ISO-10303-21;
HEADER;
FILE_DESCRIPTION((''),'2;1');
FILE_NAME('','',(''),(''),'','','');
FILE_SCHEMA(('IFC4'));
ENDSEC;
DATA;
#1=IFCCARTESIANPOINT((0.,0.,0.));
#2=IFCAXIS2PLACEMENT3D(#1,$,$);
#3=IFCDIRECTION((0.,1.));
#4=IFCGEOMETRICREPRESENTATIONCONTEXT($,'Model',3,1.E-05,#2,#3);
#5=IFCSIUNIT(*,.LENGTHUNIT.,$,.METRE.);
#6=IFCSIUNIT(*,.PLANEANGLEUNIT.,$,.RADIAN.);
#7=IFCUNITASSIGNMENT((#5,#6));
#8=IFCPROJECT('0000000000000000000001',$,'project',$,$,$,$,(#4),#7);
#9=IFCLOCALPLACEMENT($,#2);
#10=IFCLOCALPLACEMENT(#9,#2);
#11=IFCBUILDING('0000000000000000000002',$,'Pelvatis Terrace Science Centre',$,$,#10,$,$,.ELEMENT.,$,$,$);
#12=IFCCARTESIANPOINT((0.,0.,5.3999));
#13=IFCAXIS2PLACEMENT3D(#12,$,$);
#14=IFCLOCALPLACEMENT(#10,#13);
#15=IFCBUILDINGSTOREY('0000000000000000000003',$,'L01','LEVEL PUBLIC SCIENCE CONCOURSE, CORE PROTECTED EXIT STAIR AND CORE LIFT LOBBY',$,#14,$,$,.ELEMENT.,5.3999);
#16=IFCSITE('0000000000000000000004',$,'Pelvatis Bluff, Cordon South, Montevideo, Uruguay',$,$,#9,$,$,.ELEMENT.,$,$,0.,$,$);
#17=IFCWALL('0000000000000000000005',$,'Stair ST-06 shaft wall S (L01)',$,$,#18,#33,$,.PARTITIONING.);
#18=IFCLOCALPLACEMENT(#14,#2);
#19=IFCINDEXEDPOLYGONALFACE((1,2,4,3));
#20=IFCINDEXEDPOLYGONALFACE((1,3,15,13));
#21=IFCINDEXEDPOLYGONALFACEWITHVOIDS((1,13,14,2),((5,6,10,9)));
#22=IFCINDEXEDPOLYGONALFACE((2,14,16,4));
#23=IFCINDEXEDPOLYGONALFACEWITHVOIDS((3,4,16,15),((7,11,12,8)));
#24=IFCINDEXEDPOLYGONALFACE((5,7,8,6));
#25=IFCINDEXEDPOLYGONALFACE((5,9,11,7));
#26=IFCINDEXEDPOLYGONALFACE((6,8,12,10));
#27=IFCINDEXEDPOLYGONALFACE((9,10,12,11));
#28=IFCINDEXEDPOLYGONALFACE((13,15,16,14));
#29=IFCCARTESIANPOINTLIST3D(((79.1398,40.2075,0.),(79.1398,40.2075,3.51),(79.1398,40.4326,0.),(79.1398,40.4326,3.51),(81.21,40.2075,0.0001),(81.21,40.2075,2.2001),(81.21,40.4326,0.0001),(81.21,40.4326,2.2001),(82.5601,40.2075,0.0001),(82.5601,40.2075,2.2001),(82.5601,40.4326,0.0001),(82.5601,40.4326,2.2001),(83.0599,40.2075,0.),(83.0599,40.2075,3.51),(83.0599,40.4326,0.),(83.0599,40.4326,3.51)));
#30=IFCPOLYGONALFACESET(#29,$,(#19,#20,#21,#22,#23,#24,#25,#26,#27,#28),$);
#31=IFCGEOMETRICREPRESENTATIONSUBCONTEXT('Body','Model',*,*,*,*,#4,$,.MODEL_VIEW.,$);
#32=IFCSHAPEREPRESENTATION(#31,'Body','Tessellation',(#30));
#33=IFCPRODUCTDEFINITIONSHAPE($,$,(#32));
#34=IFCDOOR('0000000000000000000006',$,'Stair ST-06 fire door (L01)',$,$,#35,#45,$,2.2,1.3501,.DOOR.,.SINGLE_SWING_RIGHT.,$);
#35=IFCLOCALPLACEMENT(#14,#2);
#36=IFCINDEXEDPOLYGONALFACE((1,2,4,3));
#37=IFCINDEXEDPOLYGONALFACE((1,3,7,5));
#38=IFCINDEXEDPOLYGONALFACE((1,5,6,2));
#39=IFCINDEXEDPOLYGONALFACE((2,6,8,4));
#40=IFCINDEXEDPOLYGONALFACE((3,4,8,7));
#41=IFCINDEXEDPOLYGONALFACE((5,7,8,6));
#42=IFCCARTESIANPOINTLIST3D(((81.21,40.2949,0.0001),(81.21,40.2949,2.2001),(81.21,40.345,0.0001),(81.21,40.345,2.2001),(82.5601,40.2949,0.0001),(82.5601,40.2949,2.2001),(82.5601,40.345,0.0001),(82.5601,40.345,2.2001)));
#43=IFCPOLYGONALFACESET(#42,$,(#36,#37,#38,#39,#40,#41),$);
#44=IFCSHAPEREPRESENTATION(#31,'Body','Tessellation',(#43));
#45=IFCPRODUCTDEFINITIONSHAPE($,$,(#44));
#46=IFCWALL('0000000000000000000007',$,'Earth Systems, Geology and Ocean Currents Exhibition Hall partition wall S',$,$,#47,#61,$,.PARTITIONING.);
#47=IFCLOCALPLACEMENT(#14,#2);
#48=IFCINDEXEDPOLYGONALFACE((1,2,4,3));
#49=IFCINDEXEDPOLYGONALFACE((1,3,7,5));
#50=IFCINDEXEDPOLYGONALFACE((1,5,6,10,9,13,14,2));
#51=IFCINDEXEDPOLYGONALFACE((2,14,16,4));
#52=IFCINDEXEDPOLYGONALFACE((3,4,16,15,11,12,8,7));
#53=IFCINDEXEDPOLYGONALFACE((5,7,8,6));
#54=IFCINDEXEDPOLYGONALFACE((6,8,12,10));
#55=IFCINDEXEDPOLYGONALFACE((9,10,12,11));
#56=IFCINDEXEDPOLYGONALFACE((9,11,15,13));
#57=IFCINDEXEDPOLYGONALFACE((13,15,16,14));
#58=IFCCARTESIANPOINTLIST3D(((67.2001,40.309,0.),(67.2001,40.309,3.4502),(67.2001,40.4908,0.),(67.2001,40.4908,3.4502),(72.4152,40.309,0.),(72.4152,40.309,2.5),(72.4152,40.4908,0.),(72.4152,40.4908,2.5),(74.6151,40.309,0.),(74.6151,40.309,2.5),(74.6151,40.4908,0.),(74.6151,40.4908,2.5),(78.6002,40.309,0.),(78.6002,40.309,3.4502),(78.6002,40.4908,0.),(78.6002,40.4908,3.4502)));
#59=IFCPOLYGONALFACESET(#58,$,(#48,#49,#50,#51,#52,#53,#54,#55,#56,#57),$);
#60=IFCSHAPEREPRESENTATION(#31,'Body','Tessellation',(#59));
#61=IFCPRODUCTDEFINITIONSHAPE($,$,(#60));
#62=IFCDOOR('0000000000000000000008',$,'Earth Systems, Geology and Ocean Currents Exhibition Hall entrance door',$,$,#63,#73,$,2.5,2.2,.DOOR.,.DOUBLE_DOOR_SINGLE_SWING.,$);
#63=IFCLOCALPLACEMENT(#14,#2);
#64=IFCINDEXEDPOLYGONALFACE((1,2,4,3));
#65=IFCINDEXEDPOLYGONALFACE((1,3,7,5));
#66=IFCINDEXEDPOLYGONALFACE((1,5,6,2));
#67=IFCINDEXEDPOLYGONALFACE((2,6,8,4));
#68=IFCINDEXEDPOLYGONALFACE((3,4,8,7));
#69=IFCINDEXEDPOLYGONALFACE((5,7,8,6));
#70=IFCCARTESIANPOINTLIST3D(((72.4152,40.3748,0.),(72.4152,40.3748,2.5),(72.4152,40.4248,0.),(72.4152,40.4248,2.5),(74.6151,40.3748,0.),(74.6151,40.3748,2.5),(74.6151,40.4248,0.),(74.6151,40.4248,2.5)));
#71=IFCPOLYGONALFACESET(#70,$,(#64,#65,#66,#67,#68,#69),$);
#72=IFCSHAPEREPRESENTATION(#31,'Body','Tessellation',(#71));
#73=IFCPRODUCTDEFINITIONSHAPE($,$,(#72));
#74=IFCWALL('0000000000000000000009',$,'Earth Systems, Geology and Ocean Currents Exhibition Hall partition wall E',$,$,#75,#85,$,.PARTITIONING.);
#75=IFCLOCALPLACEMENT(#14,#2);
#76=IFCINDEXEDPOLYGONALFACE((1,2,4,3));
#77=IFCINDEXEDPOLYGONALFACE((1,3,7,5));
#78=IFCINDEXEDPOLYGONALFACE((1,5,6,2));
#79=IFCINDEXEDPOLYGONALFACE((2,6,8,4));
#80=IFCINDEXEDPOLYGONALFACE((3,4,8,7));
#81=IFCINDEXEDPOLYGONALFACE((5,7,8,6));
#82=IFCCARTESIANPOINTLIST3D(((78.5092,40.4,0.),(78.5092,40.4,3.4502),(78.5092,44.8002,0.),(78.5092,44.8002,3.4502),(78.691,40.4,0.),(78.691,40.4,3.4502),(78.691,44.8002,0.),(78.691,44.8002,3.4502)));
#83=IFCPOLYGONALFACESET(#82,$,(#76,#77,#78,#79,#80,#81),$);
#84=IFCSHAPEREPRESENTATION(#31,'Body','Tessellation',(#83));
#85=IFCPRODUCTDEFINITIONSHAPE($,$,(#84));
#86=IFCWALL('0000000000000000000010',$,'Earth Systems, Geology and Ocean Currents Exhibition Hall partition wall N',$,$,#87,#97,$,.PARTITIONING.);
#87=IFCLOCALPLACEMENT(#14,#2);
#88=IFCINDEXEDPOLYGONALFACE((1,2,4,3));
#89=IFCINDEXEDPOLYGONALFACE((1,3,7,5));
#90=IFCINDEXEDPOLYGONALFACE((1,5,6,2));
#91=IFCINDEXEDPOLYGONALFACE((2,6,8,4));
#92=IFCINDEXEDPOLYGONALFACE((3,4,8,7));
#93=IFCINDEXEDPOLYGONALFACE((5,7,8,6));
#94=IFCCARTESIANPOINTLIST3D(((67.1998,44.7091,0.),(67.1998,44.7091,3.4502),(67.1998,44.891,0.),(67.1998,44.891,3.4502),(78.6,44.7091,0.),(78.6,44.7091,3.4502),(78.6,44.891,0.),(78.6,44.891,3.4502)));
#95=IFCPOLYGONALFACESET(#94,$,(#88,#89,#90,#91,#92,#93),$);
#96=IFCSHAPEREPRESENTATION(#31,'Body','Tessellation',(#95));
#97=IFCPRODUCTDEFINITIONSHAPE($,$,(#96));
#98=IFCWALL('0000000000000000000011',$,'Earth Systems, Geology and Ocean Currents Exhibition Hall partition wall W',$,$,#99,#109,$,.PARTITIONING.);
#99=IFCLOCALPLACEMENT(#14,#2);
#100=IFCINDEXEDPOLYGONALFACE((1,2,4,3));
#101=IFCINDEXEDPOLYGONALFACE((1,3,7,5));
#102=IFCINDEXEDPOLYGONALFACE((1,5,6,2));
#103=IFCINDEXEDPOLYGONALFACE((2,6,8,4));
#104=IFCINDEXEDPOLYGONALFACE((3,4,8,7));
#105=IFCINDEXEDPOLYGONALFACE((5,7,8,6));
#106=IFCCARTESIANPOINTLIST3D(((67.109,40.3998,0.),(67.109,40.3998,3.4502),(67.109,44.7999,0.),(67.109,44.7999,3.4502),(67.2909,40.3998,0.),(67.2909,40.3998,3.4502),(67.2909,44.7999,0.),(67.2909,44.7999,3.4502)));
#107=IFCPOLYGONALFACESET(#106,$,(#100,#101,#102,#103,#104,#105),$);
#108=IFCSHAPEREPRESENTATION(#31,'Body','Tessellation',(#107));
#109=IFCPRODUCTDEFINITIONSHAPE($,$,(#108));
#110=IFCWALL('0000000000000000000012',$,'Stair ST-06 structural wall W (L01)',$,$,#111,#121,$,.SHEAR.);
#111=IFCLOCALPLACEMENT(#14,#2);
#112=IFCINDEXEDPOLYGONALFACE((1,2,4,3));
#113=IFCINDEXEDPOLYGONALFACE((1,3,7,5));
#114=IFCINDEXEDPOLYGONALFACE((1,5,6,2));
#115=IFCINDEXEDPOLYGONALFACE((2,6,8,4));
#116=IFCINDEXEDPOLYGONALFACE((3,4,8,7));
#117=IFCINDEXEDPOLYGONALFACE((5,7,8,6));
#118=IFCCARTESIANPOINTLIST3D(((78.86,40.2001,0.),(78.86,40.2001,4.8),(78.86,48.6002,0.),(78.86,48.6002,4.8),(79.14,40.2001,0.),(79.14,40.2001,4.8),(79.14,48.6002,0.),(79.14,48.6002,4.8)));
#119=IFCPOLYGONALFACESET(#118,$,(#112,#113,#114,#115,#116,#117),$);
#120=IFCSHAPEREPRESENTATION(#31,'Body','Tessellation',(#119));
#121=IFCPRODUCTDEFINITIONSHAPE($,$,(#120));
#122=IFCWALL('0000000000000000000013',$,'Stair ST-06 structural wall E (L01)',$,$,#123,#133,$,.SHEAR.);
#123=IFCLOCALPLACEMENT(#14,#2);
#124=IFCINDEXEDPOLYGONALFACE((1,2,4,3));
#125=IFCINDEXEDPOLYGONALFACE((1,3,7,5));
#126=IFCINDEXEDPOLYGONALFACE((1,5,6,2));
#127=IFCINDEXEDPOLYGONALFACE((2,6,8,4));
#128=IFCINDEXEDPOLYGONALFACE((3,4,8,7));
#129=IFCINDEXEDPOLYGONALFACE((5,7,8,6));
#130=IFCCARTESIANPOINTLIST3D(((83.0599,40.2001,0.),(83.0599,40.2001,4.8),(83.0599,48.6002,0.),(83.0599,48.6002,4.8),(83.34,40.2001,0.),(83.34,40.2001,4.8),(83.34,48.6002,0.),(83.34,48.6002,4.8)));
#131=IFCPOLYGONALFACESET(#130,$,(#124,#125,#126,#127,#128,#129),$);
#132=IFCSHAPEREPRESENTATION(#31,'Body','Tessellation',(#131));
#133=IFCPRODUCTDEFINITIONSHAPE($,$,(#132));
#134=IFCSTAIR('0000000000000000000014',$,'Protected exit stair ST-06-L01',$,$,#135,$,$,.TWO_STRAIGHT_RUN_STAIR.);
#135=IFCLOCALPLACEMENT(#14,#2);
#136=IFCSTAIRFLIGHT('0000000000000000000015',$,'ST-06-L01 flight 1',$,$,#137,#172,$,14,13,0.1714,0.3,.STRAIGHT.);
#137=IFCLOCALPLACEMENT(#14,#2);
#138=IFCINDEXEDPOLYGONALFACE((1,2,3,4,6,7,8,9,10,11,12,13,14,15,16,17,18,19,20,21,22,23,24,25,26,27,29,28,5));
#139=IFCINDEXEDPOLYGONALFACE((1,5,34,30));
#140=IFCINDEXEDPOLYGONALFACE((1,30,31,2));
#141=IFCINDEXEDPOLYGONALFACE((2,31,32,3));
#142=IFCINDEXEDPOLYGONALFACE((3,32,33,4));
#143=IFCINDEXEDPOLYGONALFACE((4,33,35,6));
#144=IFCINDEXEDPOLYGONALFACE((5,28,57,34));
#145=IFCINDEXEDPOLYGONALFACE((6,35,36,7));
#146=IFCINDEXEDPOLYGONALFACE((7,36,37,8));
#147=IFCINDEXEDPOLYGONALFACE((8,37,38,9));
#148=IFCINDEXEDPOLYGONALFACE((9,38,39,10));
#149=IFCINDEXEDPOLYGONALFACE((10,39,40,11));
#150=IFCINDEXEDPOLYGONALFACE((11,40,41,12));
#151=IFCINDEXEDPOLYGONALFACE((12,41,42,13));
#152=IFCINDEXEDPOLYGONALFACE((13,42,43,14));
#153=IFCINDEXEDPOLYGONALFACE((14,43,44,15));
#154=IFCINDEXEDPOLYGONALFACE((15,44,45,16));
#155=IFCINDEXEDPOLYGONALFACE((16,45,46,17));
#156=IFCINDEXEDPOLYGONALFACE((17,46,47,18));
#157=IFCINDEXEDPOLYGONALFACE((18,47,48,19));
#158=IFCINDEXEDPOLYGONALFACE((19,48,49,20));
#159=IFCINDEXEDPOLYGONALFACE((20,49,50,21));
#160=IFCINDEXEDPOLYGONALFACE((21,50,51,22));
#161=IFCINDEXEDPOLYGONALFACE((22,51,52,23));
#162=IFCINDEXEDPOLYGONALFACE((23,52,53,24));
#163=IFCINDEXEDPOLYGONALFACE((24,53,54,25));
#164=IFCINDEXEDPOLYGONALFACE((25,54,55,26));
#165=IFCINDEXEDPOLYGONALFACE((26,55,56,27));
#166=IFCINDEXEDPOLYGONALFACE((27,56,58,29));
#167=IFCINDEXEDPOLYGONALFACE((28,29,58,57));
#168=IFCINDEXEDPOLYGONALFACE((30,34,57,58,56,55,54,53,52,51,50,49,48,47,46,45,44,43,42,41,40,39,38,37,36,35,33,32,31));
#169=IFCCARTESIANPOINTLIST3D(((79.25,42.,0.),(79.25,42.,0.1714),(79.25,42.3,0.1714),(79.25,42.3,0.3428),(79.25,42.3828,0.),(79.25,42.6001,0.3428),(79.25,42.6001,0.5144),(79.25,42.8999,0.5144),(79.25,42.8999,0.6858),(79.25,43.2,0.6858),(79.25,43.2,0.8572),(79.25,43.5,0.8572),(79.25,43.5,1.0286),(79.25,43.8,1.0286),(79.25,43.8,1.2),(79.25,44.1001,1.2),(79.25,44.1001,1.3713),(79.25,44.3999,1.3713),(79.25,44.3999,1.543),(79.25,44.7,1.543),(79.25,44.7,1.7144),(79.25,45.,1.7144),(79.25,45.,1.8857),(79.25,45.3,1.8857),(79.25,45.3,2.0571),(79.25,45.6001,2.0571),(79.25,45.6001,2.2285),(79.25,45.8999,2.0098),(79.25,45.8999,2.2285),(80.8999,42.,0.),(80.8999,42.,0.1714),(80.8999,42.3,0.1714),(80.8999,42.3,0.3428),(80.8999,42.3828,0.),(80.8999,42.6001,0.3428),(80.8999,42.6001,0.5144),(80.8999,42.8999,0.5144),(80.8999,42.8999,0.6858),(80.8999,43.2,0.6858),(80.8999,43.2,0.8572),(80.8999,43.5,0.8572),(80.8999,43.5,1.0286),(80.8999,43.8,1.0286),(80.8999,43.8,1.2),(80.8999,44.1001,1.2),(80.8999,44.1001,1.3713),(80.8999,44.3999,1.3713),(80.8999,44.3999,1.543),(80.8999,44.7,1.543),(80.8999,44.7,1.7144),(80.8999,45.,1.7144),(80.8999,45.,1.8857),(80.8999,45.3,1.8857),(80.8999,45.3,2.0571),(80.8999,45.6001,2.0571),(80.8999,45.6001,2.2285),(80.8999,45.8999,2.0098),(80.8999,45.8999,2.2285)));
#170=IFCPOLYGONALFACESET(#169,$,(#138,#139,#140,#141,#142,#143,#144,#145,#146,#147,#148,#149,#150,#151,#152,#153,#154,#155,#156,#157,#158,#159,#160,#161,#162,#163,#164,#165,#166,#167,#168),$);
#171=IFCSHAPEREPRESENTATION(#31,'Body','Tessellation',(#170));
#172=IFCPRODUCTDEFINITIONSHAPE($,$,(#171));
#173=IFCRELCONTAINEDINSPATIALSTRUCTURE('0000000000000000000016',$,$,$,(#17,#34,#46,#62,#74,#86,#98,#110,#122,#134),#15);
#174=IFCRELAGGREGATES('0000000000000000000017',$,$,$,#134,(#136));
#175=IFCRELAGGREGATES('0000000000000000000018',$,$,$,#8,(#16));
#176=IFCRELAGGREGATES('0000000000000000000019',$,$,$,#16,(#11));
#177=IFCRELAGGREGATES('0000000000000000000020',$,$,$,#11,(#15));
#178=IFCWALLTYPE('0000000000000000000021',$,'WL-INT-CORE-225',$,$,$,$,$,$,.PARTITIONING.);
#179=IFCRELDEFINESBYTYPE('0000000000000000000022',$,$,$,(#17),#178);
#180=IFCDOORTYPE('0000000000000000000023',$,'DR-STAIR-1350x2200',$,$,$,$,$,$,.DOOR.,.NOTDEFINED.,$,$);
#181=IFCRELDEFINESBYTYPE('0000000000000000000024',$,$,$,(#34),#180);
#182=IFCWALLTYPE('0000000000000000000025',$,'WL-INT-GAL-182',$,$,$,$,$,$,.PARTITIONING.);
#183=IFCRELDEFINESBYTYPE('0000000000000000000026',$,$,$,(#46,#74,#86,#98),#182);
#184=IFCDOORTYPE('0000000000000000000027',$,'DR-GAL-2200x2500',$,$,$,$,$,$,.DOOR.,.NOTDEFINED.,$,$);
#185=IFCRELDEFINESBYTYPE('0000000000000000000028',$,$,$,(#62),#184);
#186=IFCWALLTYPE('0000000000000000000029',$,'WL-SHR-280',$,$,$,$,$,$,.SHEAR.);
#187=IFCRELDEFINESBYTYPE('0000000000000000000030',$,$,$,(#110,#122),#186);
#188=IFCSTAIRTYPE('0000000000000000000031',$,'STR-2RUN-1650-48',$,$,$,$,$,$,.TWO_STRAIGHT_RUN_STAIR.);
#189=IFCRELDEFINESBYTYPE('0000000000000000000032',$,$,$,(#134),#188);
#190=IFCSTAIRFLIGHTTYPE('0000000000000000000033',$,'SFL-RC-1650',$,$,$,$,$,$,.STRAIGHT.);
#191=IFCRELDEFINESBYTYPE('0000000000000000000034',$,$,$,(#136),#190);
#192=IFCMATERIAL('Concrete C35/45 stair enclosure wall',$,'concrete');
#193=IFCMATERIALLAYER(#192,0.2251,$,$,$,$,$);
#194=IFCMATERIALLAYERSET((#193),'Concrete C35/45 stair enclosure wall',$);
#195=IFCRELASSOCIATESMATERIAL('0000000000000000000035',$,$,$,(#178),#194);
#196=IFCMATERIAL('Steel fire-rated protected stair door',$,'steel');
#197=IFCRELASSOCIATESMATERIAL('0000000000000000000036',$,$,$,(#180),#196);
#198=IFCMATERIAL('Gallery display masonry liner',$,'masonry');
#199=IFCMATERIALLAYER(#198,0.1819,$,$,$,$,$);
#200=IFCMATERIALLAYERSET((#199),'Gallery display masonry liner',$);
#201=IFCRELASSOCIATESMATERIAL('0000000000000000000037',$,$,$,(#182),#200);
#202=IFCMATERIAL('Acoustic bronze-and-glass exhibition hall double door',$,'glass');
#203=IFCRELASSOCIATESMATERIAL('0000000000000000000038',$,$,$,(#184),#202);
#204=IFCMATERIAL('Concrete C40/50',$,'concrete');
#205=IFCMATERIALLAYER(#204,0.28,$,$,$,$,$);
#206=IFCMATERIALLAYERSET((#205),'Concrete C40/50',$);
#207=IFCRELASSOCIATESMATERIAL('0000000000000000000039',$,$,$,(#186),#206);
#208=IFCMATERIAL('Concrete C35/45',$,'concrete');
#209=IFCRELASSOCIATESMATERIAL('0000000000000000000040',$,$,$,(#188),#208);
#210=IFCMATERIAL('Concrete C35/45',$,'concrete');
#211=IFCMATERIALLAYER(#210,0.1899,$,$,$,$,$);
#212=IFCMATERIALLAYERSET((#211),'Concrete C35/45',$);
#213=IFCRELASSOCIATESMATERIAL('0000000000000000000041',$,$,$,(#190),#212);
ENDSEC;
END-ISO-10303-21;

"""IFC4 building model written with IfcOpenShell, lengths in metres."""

from ifc_helpers import new_model, si_unit, direction, frame, frame_2d, origin, place, context, subcontext, project, spatial, polyline, rectangle, outline, extrude, material, layer, layer_set, type_object, element, fill, aggregate, save


model = new_model("IFC4")

# Units and contexts
model_context = context("Model", 3, precision=1e-05, world=origin(), true_north=direction((0.0, 1.0)))
body_context = subcontext(model_context, "Body", "Model", "MODEL_VIEW")
ifc_project = project(units=[si_unit("LENGTHUNIT", "METRE"), si_unit("PLANEANGLEUNIT", "RADIAN")], contexts=[model_context])

# Site, building, storey
site_placement = place(None, origin())
site = spatial("IfcSite", under=ifc_project, at=site_placement, Name="Pelvatis Bluff, Cordon South, Montevideo, Uruguay", CompositionType="ELEMENT", RefElevation=0.0)
building_placement = place(site_placement, origin())
building = spatial("IfcBuilding", under=site, at=building_placement, Name="Pelvatis Terrace Science Centre", CompositionType="ELEMENT")
storey_placement = place(building_placement, frame((0.0, 0.0, 5.3999)))
storey = spatial("IfcBuildingStorey", under=building, at=storey_placement, Name="L01", Description="LEVEL PUBLIC SCIENCE CONCOURSE, CORE PROTECTED EXIT STAIR AND CORE LIFT LOBBY", CompositionType="ELEMENT", Elevation=5.3999)

# Walls, openings, doors
ifc_material_1 = material(Name="Concrete C35/45 stair enclosure wall", Category="concrete")
ifc_layer_1 = layer(ifc_material_1, 0.2251)
ifc_layer_set_1 = layer_set([ifc_layer_1], Name="Concrete C35/45 stair enclosure wall")
wall_type_1 = type_object("IfcWallType", Name="WL-INT-CORE-225", PredefinedType="PARTITIONING", material=ifc_layer_set_1)
wall_1_placement = place(storey_placement, frame((79.1399, 40.3201, 0.0), z_axis=(0.0, 0.0, 1.0), x_axis=(1.0, 0.0, 0.0)))
wall_1 = element("IfcWall", 1, at=wall_1_placement, inside=storey, type_object=wall_type_1, Name="Stair ST-06 shaft wall S (L01)", PredefinedType="PARTITIONING", context=body_context, shape_type="SweptSolid", body=[
    extrude(rectangle(XDim=3.9202, YDim=0.2251, at=frame_2d((1.96, 0.0))), origin(), (0.0, 0.0, 1.0), 3.51),
])
opening_1_placement = place(wall_1_placement, frame((2.0701, 0.0, 0.0)))
opening_1 = element("IfcOpeningElement", 2, at=opening_1_placement, cuts=wall_1, PredefinedType="OPENING", context=body_context, shape_type="SweptSolid", body=[
    extrude(rectangle(XDim=1.3501, YDim=2.2, at=frame_2d((0.675, 1.1001))), frame((0.0, 0.1226, 0.0), z_axis=(0.0, -1.0, 0.0), x_axis=(1.0, 0.0, 0.0)), (0.0, 0.0, 1.0), 0.2451),
])
ifc_material_2 = material(Name="Steel fire-rated protected stair door", Category="steel")
door_type_1 = type_object("IfcDoorType", Name="DR-STAIR-1350x2200", OperationType="NOTDEFINED", PredefinedType="DOOR", material=ifc_material_2)
door_1_placement = place(opening_1_placement, origin())
door_1 = element("IfcDoor", 3, at=door_1_placement, inside=storey, type_object=door_type_1, Name="Stair ST-06 fire door (L01)", OperationType="SINGLE_SWING_RIGHT", OverallHeight=2.2, OverallWidth=1.3501, PredefinedType="DOOR", context=body_context, shape_type="SweptSolid", body=[
    extrude(rectangle(XDim=1.3501, YDim=2.2, at=frame_2d((0.675, 1.1001))), frame((0.0, 0.0249, 0.0), z_axis=(0.0, -1.0, 0.0), x_axis=(1.0, 0.0, 0.0)), (0.0, 0.0, 1.0), 0.05),
])
fill(opening_1, door_1)
ifc_material_3 = material(Name="Gallery display masonry liner", Category="masonry")
ifc_layer_2 = layer(ifc_material_3, 0.1819)
ifc_layer_set_2 = layer_set([ifc_layer_2], Name="Gallery display masonry liner")
wall_type_2 = type_object("IfcWallType", Name="WL-INT-GAL-182", PredefinedType="PARTITIONING", material=ifc_layer_set_2)
wall_2_placement = place(storey_placement, frame((67.2, 40.3999, 0.0), z_axis=(0.0, 0.0, 1.0), x_axis=(1.0, 0.0, 0.0)))
wall_2 = element("IfcWall", 4, at=wall_2_placement, inside=storey, type_object=wall_type_2, Name="Earth Systems, Geology and Ocean Currents Exhibition Hall partition wall S", PredefinedType="PARTITIONING", context=body_context, shape_type="SweptSolid", body=[
    extrude(rectangle(XDim=11.4001, YDim=0.1819, at=frame_2d((5.7002, 0.0))), origin(), (0.0, 0.0, 1.0), 3.4502),
])
opening_2_placement = place(wall_2_placement, frame((5.2151, 0.0, 0.0)))
opening_2 = element("IfcOpeningElement", 5, at=opening_2_placement, cuts=wall_2, PredefinedType="OPENING", context=body_context, shape_type="SweptSolid", body=[
    extrude(rectangle(XDim=2.2, YDim=2.5, at=frame_2d((1.1001, 1.25))), frame((0.0, 0.1008, 0.0), z_axis=(0.0, -1.0, 0.0), x_axis=(1.0, 0.0, 0.0)), (0.0, 0.0, 1.0), 0.2019),
])
ifc_material_4 = material(Name="Acoustic bronze-and-glass exhibition hall double door", Category="glass")
door_type_2 = type_object("IfcDoorType", Name="DR-GAL-2200x2500", OperationType="NOTDEFINED", PredefinedType="DOOR", material=ifc_material_4)
door_2_placement = place(opening_2_placement, origin())
door_2 = element("IfcDoor", 6, at=door_2_placement, inside=storey, type_object=door_type_2, Name="Earth Systems, Geology and Ocean Currents Exhibition Hall entrance door", OperationType="DOUBLE_DOOR_SINGLE_SWING", OverallHeight=2.5, OverallWidth=2.2, PredefinedType="DOOR", context=body_context, shape_type="SweptSolid", body=[
    extrude(rectangle(XDim=2.2, YDim=2.5, at=frame_2d((1.1001, 1.25))), frame((0.0, 0.0249, 0.0), z_axis=(0.0, -1.0, 0.0), x_axis=(1.0, 0.0, 0.0)), (0.0, 0.0, 1.0), 0.05),
])
fill(opening_2, door_2)

# Walls
wall_3_placement = place(storey_placement, frame((78.6001, 40.3999, 0.0), z_axis=(0.0, 0.0, 1.0), x_axis=(0.0, 1.0, 0.0)))
element("IfcWall", 7, at=wall_3_placement, inside=storey, type_object=wall_type_2, Name="Earth Systems, Geology and Ocean Currents Exhibition Hall partition wall E", PredefinedType="PARTITIONING", context=body_context, shape_type="SweptSolid", body=[
    extrude(rectangle(XDim=4.4001, YDim=0.1819, at=frame_2d((2.2002, 0.0))), origin(), (0.0, 0.0, 1.0), 3.4502),
])
wall_4_placement = place(storey_placement, frame((78.6001, 44.8, 0.0), z_axis=(0.0, 0.0, 1.0), x_axis=(-1.0, 0.0, 0.0)))
element("IfcWall", 8, at=wall_4_placement, inside=storey, type_object=wall_type_2, Name="Earth Systems, Geology and Ocean Currents Exhibition Hall partition wall N", PredefinedType="PARTITIONING", context=body_context, shape_type="SweptSolid", body=[
    extrude(rectangle(XDim=11.4001, YDim=0.1819, at=frame_2d((5.7002, 0.0))), origin(), (0.0, 0.0, 1.0), 3.4502),
])
wall_5_placement = place(storey_placement, frame((67.2, 44.8, 0.0), z_axis=(0.0, 0.0, 1.0), x_axis=(0.0, -1.0, 0.0)))
element("IfcWall", 9, at=wall_5_placement, inside=storey, type_object=wall_type_2, Name="Earth Systems, Geology and Ocean Currents Exhibition Hall partition wall W", PredefinedType="PARTITIONING", context=body_context, shape_type="SweptSolid", body=[
    extrude(rectangle(XDim=4.4001, YDim=0.1819, at=frame_2d((2.2002, 0.0))), origin(), (0.0, 0.0, 1.0), 3.4502),
])
ifc_material_5 = material(Name="Concrete C40/50", Category="concrete")
ifc_layer_3 = layer(ifc_material_5, 0.28)
ifc_layer_set_3 = layer_set([ifc_layer_3], Name="Concrete C40/50")
wall_type_3 = type_object("IfcWallType", Name="WL-SHR-280", PredefinedType="SHEAR", material=ifc_layer_set_3)
for number, where, z_axis, x_axis, name in (
    (10, (79.0, 40.2, 0.0), (0.0, 0.0, 1.0), (0.0, 1.0, 0.0), "Stair ST-06 structural wall W (L01)"),
    (11, (83.2, 40.2, 0.0), (0.0, 0.0, 1.0), (0.0, 1.0, 0.0), "Stair ST-06 structural wall E (L01)"),
):
    element("IfcWall", number, at=place(storey_placement, frame(where, z_axis=z_axis, x_axis=x_axis)), inside=storey, type_object=wall_type_3, Name=name, PredefinedType="SHEAR", context=body_context, shape_type="SweptSolid", body=[
        extrude(rectangle(XDim=8.4001, YDim=0.28, at=frame_2d((4.2002, 0.0))), origin(), (0.0, 0.0, 1.0), 4.8),
    ])

# Stair, stair flight
ifc_material_6 = material(Name="Concrete C35/45", Category="concrete")
stair_type = type_object("IfcStairType", Name="STR-2RUN-1650-48", PredefinedType="TWO_STRAIGHT_RUN_STAIR", material=ifc_material_6)
stair_placement = place(storey_placement, origin())
stair = element("IfcStair", 12, at=stair_placement, inside=storey, type_object=stair_type, Name="Protected exit stair ST-06-L01", PredefinedType="TWO_STRAIGHT_RUN_STAIR")
ifc_material_7 = material(Name="Concrete C35/45", Category="concrete")
ifc_layer_4 = layer(ifc_material_7, 0.1899)
ifc_layer_set_4 = layer_set([ifc_layer_4], Name="Concrete C35/45")
stair_flight_type = type_object("IfcStairFlightType", Name="SFL-RC-1650", PredefinedType="STRAIGHT", material=ifc_layer_set_4)
stair_flight_placement = place(storey_placement, frame((80.075, 42.0, 0.0), z_axis=(0.0, 0.0, 1.0), x_axis=(0.0, 1.0, 0.0)))
stair_flight = element("IfcStairFlight", 13, at=stair_flight_placement, type_object=stair_flight_type, Name="ST-06-L01 flight 1", NumberOfRisers=14, NumberOfTreads=13, PredefinedType="STRAIGHT", RiserHeight=0.1714, TreadLength=0.3, context=body_context, shape_type="SweptSolid", body=[
    extrude(outline(polyline([(0.0, 0.0), (0.0, 0.1714), (0.3, 0.1714), (0.3, 0.3428), (0.6001, 0.3428), (0.6001, 0.5144), (0.8999, 0.5144), (0.8999, 0.6858), (1.2, 0.6858), (1.2, 0.8572), (1.5, 0.8572), (1.5, 1.0286), (1.8, 1.0286), (1.8, 1.2), (2.1001, 1.2), (2.1001, 1.3713), (2.3999, 1.3713), (2.3999, 1.543), (2.7, 1.543), (2.7, 1.7144), (3.0, 1.7144), (3.0, 1.8857), (3.3, 1.8857), (3.3, 2.0571), (3.6001, 2.0571), (3.6001, 2.2285), (3.8999, 2.2285), (3.8999, 2.3999), (3.8999, 2.0098), (0.3828, 0.0), (0.0, 0.0)])), frame((0.0, 0.825, 0.0), z_axis=(0.0, -1.0, 0.0), x_axis=(1.0, 0.0, 0.0)), (0.0, 0.0, 1.0), 1.6499),
])
aggregate(stair, [stair_flight])

save(model, "model.ifc")
